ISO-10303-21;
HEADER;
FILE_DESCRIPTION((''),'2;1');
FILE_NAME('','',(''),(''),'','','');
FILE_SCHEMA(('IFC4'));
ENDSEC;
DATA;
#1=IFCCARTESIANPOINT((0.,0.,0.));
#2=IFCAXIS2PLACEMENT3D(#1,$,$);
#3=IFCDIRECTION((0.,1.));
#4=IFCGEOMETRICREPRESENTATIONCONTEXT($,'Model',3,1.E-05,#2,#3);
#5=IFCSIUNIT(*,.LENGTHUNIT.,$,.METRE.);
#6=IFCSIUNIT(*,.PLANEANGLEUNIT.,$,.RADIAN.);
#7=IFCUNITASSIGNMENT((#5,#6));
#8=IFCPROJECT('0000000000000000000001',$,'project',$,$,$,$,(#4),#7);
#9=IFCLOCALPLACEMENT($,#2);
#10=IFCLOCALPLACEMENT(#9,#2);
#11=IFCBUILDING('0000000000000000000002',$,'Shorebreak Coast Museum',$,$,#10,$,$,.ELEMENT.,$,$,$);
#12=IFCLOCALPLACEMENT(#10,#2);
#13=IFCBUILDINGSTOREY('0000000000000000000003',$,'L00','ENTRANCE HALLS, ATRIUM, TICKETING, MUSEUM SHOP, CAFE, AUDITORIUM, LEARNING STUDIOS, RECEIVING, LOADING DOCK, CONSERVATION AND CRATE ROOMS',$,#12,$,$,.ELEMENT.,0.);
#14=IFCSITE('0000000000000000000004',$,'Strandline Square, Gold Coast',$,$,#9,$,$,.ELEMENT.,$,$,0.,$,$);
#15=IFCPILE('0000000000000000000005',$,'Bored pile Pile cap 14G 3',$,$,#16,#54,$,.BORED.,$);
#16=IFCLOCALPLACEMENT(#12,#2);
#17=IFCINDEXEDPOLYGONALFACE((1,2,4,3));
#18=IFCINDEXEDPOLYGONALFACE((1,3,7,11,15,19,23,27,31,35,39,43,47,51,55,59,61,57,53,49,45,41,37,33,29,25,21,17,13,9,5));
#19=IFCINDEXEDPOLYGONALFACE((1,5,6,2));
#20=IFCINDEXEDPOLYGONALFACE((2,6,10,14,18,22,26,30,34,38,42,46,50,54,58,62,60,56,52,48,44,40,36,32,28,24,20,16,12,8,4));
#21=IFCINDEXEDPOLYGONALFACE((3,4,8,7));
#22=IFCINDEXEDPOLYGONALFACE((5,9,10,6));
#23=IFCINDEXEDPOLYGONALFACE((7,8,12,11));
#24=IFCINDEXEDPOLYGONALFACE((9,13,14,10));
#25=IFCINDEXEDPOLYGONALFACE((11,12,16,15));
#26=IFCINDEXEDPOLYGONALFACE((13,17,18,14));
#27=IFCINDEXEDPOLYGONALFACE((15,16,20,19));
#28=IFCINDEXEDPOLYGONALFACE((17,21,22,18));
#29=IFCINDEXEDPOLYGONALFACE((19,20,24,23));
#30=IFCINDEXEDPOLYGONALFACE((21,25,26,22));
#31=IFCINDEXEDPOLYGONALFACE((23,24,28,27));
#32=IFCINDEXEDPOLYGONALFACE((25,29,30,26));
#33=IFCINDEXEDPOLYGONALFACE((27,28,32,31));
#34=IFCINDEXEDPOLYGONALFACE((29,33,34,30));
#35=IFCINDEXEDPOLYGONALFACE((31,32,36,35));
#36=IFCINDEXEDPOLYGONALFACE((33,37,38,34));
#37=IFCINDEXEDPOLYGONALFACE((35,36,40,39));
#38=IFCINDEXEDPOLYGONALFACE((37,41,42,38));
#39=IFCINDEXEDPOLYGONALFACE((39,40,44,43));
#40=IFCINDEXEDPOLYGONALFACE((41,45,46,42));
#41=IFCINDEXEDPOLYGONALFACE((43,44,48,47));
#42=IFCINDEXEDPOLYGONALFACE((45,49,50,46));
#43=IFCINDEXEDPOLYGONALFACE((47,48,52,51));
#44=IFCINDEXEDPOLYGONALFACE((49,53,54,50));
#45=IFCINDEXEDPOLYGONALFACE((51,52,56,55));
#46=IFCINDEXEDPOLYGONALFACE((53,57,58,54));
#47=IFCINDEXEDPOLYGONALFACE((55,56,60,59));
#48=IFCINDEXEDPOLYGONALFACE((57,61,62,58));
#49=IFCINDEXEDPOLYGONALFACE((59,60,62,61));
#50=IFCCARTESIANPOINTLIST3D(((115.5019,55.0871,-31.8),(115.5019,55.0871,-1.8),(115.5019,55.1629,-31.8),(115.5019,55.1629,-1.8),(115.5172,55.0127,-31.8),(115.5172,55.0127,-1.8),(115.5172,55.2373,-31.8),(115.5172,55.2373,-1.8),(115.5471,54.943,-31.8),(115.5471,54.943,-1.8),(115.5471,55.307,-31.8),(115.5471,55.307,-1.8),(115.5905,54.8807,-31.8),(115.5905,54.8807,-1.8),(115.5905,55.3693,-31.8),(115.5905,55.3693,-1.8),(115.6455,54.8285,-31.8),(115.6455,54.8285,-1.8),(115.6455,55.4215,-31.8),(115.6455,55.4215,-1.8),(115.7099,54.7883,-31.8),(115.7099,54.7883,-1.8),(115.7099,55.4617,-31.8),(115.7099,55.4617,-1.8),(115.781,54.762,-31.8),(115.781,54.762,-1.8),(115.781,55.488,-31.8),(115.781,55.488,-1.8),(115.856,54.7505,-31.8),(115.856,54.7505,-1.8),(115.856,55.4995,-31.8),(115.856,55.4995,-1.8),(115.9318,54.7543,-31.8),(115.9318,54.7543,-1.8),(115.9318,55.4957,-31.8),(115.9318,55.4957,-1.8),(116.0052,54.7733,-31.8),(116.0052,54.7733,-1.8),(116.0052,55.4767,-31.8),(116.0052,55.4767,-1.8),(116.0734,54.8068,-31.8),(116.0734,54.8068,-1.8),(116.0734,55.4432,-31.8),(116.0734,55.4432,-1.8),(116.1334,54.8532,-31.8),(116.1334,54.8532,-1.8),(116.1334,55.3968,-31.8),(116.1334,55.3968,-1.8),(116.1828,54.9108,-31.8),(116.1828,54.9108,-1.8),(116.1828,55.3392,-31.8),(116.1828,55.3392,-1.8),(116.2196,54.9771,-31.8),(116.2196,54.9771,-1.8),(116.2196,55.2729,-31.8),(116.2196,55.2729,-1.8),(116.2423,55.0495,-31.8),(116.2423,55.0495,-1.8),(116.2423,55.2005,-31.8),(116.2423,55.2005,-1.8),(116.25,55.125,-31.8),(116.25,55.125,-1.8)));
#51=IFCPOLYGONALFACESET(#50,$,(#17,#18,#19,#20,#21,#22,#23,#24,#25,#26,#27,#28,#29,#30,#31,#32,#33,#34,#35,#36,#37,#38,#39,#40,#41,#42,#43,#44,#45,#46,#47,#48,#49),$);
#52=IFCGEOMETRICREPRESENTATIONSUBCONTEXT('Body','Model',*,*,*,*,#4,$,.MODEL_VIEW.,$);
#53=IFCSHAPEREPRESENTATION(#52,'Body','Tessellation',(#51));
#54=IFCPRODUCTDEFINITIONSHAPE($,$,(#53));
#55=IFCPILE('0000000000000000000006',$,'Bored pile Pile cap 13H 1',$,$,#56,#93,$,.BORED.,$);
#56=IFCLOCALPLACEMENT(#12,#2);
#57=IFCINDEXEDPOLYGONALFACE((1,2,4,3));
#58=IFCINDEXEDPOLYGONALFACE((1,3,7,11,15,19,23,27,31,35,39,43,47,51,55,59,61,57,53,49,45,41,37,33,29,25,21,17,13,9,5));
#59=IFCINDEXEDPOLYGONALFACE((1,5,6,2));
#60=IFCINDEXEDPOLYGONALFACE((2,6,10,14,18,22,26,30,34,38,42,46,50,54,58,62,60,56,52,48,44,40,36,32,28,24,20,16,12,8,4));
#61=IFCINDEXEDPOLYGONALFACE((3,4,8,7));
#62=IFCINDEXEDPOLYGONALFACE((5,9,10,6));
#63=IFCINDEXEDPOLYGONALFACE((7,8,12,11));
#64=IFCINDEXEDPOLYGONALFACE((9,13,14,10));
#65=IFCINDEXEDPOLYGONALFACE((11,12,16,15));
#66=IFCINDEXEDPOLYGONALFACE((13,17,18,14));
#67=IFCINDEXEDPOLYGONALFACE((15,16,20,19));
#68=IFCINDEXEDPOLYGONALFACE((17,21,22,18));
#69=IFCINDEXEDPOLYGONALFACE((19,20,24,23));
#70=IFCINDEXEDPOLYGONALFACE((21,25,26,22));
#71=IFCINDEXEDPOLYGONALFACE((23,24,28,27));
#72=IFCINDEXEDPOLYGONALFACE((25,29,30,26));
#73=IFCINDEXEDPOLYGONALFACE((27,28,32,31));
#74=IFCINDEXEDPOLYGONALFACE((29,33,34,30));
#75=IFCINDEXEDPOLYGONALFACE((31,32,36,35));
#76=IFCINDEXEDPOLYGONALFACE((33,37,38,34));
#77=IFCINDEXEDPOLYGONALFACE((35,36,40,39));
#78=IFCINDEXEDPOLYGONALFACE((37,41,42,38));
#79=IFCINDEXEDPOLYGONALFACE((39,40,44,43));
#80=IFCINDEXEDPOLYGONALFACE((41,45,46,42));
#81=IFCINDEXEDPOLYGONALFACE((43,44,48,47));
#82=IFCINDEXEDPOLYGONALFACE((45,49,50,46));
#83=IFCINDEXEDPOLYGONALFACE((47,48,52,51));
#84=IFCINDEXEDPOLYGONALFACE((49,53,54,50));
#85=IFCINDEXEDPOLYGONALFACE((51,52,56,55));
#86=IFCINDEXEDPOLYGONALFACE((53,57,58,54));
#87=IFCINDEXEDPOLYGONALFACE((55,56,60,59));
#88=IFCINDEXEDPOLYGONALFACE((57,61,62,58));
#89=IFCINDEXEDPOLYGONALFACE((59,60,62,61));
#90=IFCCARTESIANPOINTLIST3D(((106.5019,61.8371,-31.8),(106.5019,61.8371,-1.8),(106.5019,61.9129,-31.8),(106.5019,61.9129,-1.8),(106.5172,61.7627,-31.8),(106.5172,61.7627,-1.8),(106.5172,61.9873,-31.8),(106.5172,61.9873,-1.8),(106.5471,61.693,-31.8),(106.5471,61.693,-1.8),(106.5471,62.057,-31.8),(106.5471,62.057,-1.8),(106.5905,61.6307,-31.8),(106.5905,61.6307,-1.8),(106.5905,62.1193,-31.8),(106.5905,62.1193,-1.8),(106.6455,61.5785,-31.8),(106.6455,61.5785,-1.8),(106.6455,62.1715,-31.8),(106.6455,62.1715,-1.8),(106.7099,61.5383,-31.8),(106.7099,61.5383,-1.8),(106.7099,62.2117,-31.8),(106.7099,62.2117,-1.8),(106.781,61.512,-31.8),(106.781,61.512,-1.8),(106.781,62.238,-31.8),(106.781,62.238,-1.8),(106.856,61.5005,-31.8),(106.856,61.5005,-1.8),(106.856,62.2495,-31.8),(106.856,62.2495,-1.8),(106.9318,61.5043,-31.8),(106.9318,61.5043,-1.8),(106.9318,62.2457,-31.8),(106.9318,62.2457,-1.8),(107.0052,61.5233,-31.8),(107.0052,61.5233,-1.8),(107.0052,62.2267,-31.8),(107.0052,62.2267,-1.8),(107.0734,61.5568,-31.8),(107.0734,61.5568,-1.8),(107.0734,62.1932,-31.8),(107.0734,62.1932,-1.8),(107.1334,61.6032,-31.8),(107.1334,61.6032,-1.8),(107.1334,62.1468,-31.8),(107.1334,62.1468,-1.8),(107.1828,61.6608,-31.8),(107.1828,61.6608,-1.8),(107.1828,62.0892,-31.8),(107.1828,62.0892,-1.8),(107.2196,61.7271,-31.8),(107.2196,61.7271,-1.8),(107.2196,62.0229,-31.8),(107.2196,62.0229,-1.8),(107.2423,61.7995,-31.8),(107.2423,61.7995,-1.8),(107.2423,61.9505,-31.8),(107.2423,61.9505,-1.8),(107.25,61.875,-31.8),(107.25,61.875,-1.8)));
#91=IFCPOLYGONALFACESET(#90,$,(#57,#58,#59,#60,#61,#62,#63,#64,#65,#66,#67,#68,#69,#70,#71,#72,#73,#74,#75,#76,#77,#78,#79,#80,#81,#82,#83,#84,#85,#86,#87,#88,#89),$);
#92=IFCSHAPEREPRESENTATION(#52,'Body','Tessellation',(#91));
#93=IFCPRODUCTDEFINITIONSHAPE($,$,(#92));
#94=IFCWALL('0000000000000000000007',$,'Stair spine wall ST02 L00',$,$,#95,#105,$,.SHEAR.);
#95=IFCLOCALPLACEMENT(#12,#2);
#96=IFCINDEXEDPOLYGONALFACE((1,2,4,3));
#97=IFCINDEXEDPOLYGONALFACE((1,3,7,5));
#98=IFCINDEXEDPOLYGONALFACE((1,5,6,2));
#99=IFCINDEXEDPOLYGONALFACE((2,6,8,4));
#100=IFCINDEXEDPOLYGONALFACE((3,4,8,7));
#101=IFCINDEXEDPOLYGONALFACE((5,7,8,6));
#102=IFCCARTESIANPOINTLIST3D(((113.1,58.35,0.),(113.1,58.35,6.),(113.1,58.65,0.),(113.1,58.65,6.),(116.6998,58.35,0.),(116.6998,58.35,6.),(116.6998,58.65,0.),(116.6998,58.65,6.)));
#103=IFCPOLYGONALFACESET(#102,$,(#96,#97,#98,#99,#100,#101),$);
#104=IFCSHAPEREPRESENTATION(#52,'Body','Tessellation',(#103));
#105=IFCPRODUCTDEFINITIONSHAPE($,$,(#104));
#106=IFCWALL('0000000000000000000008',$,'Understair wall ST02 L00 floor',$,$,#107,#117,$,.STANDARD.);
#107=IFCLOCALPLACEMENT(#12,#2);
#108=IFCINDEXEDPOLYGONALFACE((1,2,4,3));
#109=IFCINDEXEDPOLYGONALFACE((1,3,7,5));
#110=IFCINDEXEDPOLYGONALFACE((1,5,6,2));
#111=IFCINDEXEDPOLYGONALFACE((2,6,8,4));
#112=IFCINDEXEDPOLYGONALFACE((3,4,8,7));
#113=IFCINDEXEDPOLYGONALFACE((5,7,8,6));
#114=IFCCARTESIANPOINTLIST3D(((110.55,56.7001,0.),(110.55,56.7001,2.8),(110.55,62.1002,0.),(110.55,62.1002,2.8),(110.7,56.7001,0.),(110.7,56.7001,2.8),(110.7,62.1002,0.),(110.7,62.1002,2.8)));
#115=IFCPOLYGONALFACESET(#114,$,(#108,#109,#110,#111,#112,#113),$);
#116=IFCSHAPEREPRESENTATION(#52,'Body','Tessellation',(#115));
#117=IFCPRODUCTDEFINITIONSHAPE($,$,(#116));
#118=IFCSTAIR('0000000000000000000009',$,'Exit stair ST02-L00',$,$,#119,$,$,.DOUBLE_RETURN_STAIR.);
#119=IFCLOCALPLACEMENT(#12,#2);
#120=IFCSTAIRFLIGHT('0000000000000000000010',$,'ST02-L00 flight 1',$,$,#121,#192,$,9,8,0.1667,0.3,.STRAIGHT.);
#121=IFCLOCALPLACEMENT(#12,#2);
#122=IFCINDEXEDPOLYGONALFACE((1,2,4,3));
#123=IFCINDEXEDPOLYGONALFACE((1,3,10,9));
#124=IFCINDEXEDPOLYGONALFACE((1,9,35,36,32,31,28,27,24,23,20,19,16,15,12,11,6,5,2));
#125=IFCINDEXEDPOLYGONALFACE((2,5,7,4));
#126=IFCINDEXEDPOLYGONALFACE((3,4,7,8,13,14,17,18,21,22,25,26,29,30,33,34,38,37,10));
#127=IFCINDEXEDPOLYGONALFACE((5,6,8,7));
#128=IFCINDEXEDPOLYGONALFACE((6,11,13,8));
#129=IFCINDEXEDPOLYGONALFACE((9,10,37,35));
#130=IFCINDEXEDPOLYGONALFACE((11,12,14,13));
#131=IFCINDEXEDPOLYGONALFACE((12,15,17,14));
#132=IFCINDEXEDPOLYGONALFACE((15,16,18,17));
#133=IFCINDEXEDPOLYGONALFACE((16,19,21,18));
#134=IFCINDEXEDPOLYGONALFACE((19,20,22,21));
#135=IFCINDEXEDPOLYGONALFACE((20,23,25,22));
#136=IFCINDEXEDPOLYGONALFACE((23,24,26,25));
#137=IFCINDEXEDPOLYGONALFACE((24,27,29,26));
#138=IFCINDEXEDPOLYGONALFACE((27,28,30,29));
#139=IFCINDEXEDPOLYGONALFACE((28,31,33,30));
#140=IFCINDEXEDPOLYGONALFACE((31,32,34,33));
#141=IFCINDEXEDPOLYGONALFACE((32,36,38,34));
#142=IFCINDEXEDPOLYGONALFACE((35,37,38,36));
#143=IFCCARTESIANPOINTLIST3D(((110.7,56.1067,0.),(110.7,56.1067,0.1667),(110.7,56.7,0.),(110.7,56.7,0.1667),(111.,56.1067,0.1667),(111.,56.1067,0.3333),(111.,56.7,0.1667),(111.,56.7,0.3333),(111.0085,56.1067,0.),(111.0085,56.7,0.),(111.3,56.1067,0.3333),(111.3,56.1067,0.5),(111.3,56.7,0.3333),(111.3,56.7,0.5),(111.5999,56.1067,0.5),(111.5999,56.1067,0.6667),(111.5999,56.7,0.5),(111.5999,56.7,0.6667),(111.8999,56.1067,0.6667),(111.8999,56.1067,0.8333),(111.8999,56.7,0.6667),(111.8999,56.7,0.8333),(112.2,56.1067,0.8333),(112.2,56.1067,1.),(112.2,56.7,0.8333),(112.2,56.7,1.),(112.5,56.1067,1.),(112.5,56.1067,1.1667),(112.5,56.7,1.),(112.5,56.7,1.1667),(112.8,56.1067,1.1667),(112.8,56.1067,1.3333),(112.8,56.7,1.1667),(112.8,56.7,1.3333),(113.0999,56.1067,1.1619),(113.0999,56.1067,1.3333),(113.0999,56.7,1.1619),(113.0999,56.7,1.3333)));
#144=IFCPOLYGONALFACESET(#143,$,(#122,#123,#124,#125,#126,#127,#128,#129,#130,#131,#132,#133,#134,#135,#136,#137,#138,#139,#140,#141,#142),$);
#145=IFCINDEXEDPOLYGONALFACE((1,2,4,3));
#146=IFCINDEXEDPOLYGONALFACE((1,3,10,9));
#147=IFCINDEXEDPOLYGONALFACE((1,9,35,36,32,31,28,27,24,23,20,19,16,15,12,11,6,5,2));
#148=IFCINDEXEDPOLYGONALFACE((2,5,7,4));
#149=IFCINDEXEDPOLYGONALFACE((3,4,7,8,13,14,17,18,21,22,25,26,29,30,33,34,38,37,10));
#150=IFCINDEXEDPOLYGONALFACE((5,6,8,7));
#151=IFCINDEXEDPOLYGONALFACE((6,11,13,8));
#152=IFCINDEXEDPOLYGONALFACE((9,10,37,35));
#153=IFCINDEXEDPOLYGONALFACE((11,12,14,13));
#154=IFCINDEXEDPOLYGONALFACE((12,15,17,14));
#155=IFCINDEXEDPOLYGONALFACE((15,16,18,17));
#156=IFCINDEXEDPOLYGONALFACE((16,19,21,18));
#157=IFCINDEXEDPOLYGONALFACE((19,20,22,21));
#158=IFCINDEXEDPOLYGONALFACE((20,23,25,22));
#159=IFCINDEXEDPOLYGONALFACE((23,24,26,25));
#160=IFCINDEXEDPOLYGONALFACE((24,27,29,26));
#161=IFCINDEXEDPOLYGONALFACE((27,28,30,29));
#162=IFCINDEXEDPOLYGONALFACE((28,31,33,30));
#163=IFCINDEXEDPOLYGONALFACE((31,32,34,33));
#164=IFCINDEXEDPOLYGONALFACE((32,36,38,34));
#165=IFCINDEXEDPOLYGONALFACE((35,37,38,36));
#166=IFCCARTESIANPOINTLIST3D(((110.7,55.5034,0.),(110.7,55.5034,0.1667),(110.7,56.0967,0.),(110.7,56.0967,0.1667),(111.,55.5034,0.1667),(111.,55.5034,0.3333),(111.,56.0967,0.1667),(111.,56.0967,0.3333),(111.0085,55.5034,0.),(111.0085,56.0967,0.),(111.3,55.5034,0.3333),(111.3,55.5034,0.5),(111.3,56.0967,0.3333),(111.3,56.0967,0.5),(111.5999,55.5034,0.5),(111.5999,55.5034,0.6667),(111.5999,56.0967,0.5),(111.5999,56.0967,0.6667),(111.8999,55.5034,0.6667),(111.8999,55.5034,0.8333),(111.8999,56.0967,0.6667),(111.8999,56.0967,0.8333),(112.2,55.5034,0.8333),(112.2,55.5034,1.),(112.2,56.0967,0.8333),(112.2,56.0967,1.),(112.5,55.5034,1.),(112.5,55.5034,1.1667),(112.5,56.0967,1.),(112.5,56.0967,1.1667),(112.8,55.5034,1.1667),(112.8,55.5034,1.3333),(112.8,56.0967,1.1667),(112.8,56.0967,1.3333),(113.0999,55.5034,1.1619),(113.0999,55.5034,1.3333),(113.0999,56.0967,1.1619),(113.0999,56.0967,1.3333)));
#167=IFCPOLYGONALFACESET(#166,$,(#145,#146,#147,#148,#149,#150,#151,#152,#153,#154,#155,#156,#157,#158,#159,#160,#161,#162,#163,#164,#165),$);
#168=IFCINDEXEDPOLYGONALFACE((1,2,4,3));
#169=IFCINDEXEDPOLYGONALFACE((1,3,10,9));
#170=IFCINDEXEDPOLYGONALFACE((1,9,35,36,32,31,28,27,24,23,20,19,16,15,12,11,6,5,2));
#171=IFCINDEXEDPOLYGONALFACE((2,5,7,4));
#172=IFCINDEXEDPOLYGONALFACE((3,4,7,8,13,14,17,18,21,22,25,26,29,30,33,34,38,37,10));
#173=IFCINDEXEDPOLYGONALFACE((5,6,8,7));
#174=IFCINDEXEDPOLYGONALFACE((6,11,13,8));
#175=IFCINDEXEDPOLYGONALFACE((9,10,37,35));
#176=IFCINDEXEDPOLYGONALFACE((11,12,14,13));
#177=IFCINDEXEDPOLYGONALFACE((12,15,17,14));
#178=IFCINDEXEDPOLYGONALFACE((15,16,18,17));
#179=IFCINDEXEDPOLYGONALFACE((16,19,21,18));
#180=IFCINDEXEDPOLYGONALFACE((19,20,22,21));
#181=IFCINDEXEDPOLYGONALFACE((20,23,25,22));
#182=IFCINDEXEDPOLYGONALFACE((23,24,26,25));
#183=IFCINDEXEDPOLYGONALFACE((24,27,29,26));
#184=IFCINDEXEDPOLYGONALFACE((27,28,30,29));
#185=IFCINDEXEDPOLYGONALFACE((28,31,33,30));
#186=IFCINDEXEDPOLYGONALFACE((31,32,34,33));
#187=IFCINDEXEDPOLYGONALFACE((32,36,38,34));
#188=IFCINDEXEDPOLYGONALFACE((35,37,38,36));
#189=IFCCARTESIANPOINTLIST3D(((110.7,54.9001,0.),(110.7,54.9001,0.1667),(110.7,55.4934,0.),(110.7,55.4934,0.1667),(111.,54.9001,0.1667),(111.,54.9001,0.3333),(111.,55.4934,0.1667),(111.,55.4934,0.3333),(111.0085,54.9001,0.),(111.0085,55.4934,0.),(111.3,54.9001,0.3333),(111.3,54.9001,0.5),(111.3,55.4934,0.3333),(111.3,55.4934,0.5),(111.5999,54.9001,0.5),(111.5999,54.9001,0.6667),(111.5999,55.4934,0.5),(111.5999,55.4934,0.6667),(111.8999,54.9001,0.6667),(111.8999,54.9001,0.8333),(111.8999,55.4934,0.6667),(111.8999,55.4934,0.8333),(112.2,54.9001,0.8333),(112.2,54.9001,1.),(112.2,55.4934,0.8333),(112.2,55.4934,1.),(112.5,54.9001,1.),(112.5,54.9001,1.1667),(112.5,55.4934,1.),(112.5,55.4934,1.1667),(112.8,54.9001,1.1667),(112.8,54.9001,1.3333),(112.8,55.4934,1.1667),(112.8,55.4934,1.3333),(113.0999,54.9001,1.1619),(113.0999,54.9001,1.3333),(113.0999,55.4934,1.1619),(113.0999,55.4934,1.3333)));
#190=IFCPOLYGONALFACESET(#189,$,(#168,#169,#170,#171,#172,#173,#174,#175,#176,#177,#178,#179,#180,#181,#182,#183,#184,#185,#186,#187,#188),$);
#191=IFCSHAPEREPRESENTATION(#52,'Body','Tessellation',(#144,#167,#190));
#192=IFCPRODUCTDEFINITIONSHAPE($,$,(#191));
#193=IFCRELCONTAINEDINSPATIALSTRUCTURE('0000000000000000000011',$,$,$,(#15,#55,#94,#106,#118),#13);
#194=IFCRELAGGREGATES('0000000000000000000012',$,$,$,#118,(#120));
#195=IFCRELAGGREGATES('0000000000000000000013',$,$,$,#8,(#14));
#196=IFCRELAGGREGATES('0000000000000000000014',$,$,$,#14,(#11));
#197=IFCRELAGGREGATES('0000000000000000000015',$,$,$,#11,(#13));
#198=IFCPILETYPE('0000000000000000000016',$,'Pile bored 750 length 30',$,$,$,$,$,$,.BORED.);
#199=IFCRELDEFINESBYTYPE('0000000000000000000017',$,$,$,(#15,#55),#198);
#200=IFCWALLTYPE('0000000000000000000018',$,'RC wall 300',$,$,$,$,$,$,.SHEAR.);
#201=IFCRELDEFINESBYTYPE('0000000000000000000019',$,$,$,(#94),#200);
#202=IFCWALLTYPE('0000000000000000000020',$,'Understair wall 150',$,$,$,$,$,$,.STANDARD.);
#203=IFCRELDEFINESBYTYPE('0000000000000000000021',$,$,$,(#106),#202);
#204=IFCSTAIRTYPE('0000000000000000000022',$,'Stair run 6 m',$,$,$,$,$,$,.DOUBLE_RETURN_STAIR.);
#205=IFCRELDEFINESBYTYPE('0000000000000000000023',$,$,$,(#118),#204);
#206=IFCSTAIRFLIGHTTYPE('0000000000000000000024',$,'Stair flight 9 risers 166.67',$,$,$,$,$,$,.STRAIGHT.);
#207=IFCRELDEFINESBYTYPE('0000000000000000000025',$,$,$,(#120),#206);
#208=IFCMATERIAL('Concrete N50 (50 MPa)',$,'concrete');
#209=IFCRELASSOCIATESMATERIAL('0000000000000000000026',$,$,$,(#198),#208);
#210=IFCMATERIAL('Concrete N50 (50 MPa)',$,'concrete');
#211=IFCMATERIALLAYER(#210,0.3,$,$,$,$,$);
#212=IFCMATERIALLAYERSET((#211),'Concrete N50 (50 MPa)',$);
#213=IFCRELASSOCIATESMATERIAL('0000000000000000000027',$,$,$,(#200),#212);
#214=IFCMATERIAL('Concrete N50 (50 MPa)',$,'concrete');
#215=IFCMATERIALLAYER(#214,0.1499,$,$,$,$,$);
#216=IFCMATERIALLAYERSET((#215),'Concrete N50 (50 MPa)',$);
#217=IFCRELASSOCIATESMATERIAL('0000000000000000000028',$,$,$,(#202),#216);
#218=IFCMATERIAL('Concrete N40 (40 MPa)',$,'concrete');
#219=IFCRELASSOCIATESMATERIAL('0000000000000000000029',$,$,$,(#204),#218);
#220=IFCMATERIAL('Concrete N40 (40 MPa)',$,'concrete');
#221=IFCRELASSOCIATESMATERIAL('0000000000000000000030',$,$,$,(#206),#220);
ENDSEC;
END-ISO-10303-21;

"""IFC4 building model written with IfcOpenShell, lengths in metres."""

from ifc_helpers import new_model, si_unit, direction, frame, frame_2d, origin, origin_2d, place, context, subcontext, project, spatial, polyline, rectangle, circle, outline, extrude, material, layer, layer_set, material_profile, profile_set, type_object, element, aggregate, save


model = new_model("IFC4")

# Units and contexts
model_context = context("Model", 3, precision=1e-05, world=origin(), true_north=direction((0.0, 1.0)))
body_context = subcontext(model_context, "Body", "Model", "MODEL_VIEW")
ifc_project = project(units=[si_unit("LENGTHUNIT", "METRE"), si_unit("PLANEANGLEUNIT", "RADIAN")], contexts=[model_context])

# Site, building, storey
site_placement = place(None, origin())
site = spatial("IfcSite", under=ifc_project, at=site_placement, Name="Strandline Square, Gold Coast", CompositionType="ELEMENT", RefElevation=0.0)
building_placement = place(site_placement, origin())
building = spatial("IfcBuilding", under=site, at=building_placement, Name="Shorebreak Coast Museum", CompositionType="ELEMENT")
storey_placement = place(building_placement, origin())
storey = spatial("IfcBuildingStorey", under=building, at=storey_placement, Name="L00", Description="ENTRANCE HALLS, ATRIUM, TICKETING, MUSEUM SHOP, CAFE, AUDITORIUM, LEARNING STUDIOS, RECEIVING, LOADING DOCK, CONSERVATION AND CRATE ROOMS", CompositionType="ELEMENT", Elevation=0.0)

# Piles
ifc_material_1 = material(Name="Concrete N50 (50 MPa)", Category="concrete")
ifc_material_profile_1 = material_profile(ifc_material_1, circle(Radius=0.375, at=origin_2d()), Name="Pile bored 750 length 30")
ifc_profile_set_1 = profile_set([ifc_material_profile_1], Name="Concrete N50 (50 MPa)")
pile_type_1 = type_object("IfcPileType", Name="Pile bored 750 length 30", PredefinedType="BORED", material=ifc_profile_set_1)
for number, where, z_axis, x_axis, name in (
    (1, (115.875, 55.125, -1.8), (0.0, 0.0, -1.0), (1.0, 0.0, 0.0), "Bored pile Pile cap 14G 3"),
    (2, (106.875, 61.875, -1.8), (0.0, 0.0, -1.0), (1.0, 0.0, 0.0), "Bored pile Pile cap 13H 1"),
):
    element("IfcPile", number, at=place(storey_placement, frame(where, z_axis=z_axis, x_axis=x_axis)), inside=storey, type_object=pile_type_1, Name=name, PredefinedType="BORED", context=body_context, shape_type="SweptSolid", body=[
        extrude(circle(Radius=0.375, at=origin_2d()), origin(), (0.0, 0.0, 1.0), 30.0),
    ])

# Walls
ifc_material_2 = material(Name="Concrete N50 (50 MPa)", Category="concrete")
ifc_layer_1 = layer(ifc_material_2, 0.3)
ifc_layer_set_1 = layer_set([ifc_layer_1], Name="Concrete N50 (50 MPa)")
wall_type_1 = type_object("IfcWallType", Name="RC wall 300", PredefinedType="SHEAR", material=ifc_layer_set_1)
wall_1_placement = place(storey_placement, frame((113.1001, 58.5, 0.0), z_axis=(0.0, 0.0, 1.0), x_axis=(1.0, 0.0, 0.0)))
element("IfcWall", 3, at=wall_1_placement, inside=storey, type_object=wall_type_1, Name="Stair spine wall ST02 L00", PredefinedType="SHEAR", context=body_context, shape_type="SweptSolid", body=[
    extrude(rectangle(XDim=3.5999, YDim=0.3, at=frame_2d((1.7998, 0.0))), origin(), (0.0, 0.0, 1.0), 6.0),
])
ifc_material_3 = material(Name="Concrete N50 (50 MPa)", Category="concrete")
ifc_layer_2 = layer(ifc_material_3, 0.1499)
ifc_layer_set_2 = layer_set([ifc_layer_2], Name="Concrete N50 (50 MPa)")
wall_type_2 = type_object("IfcWallType", Name="Understair wall 150", PredefinedType="STANDARD", material=ifc_layer_set_2)
wall_2_placement = place(storey_placement, frame((110.625, 56.7, 0.0), z_axis=(0.0, 0.0, 1.0), x_axis=(0.0, 1.0, 0.0)))
element("IfcWall", 4, at=wall_2_placement, inside=storey, type_object=wall_type_2, Name="Understair wall ST02 L00 floor", PredefinedType="STANDARD", context=body_context, shape_type="SweptSolid", body=[
    extrude(rectangle(XDim=5.4001, YDim=0.1499, at=frame_2d((2.7002, 0.0))), origin(), (0.0, 0.0, 1.0), 2.8),
])

# Stair, stair flight
ifc_material_4 = material(Name="Concrete N40 (40 MPa)", Category="concrete")
stair_type = type_object("IfcStairType", Name="Stair run 6 m", PredefinedType="DOUBLE_RETURN_STAIR", material=ifc_material_4)
stair_placement = place(storey_placement, origin())
stair = element("IfcStair", 5, at=stair_placement, inside=storey, type_object=stair_type, Name="Exit stair ST02-L00", PredefinedType="DOUBLE_RETURN_STAIR")
ifc_material_5 = material(Name="Concrete N40 (40 MPa)", Category="concrete")
stair_flight_type = type_object("IfcStairFlightType", Name="Stair flight 9 risers 166.67", PredefinedType="STRAIGHT", material=ifc_material_5)
stair_flight_1_placement = place(storey_placement, frame((110.7, 55.8, 0.0), z_axis=(0.0, 0.0, 1.0), x_axis=(1.0, 0.0, 0.0)))
stair_flight_1 = element("IfcStairFlight", 6, at=stair_flight_1_placement, type_object=stair_flight_type, Name="ST02-L00 flight 1", NumberOfRisers=9, NumberOfTreads=8, PredefinedType="STRAIGHT", RiserHeight=0.1667, TreadLength=0.3, context=body_context, shape_type="SweptSolid", body=[
    extrude(outline(polyline([(0.0, 0.0), (0.0, 0.1667), (0.3, 0.1667), (0.3, 0.3333), (0.6001, 0.3333), (0.6001, 0.5), (0.8999, 0.5), (0.8999, 0.6667), (1.2, 0.6667), (1.2, 0.8333), (1.5, 0.8333), (1.5, 1.0), (1.8, 1.0), (1.8, 1.1667), (2.1001, 1.1667), (2.1001, 1.3333), (2.3999, 1.3333), (2.3999, 1.5), (2.3999, 1.1619), (0.3086, 0.0), (0.0, 0.0)])), frame((0.0, 0.8999, 0.0), z_axis=(0.0, -1.0, 0.0), x_axis=(1.0, 0.0, 0.0)), (0.0, 0.0, 1.0), 0.5933),
    extrude(outline(polyline([(0.0, 0.0), (0.0, 0.1667), (0.3, 0.1667), (0.3, 0.3333), (0.6001, 0.3333), (0.6001, 0.5), (0.8999, 0.5), (0.8999, 0.6667), (1.2, 0.6667), (1.2, 0.8333), (1.5, 0.8333), (1.5, 1.0), (1.8, 1.0), (1.8, 1.1667), (2.1001, 1.1667), (2.1001, 1.3333), (2.3999, 1.3333), (2.3999, 1.5), (2.3999, 1.1619), (0.3086, 0.0), (0.0, 0.0)])), frame((0.0, 0.2966, 0.0), z_axis=(0.0, -1.0, 0.0), x_axis=(1.0, 0.0, 0.0)), (0.0, 0.0, 1.0), 0.5933),
    extrude(outline(polyline([(0.0, 0.0), (0.0, 0.1667), (0.3, 0.1667), (0.3, 0.3333), (0.6001, 0.3333), (0.6001, 0.5), (0.8999, 0.5), (0.8999, 0.6667), (1.2, 0.6667), (1.2, 0.8333), (1.5, 0.8333), (1.5, 1.0), (1.8, 1.0), (1.8, 1.1667), (2.1001, 1.1667), (2.1001, 1.3333), (2.3999, 1.3333), (2.3999, 1.5), (2.3999, 1.1619), (0.3086, 0.0), (0.0, 0.0)])), frame((0.0, -0.3066, 0.0), z_axis=(0.0, -1.0, 0.0), x_axis=(1.0, 0.0, 0.0)), (0.0, 0.0, 1.0), 0.5933),
])
aggregate(stair, [stair_flight_1])

save(model, "model.ifc")
